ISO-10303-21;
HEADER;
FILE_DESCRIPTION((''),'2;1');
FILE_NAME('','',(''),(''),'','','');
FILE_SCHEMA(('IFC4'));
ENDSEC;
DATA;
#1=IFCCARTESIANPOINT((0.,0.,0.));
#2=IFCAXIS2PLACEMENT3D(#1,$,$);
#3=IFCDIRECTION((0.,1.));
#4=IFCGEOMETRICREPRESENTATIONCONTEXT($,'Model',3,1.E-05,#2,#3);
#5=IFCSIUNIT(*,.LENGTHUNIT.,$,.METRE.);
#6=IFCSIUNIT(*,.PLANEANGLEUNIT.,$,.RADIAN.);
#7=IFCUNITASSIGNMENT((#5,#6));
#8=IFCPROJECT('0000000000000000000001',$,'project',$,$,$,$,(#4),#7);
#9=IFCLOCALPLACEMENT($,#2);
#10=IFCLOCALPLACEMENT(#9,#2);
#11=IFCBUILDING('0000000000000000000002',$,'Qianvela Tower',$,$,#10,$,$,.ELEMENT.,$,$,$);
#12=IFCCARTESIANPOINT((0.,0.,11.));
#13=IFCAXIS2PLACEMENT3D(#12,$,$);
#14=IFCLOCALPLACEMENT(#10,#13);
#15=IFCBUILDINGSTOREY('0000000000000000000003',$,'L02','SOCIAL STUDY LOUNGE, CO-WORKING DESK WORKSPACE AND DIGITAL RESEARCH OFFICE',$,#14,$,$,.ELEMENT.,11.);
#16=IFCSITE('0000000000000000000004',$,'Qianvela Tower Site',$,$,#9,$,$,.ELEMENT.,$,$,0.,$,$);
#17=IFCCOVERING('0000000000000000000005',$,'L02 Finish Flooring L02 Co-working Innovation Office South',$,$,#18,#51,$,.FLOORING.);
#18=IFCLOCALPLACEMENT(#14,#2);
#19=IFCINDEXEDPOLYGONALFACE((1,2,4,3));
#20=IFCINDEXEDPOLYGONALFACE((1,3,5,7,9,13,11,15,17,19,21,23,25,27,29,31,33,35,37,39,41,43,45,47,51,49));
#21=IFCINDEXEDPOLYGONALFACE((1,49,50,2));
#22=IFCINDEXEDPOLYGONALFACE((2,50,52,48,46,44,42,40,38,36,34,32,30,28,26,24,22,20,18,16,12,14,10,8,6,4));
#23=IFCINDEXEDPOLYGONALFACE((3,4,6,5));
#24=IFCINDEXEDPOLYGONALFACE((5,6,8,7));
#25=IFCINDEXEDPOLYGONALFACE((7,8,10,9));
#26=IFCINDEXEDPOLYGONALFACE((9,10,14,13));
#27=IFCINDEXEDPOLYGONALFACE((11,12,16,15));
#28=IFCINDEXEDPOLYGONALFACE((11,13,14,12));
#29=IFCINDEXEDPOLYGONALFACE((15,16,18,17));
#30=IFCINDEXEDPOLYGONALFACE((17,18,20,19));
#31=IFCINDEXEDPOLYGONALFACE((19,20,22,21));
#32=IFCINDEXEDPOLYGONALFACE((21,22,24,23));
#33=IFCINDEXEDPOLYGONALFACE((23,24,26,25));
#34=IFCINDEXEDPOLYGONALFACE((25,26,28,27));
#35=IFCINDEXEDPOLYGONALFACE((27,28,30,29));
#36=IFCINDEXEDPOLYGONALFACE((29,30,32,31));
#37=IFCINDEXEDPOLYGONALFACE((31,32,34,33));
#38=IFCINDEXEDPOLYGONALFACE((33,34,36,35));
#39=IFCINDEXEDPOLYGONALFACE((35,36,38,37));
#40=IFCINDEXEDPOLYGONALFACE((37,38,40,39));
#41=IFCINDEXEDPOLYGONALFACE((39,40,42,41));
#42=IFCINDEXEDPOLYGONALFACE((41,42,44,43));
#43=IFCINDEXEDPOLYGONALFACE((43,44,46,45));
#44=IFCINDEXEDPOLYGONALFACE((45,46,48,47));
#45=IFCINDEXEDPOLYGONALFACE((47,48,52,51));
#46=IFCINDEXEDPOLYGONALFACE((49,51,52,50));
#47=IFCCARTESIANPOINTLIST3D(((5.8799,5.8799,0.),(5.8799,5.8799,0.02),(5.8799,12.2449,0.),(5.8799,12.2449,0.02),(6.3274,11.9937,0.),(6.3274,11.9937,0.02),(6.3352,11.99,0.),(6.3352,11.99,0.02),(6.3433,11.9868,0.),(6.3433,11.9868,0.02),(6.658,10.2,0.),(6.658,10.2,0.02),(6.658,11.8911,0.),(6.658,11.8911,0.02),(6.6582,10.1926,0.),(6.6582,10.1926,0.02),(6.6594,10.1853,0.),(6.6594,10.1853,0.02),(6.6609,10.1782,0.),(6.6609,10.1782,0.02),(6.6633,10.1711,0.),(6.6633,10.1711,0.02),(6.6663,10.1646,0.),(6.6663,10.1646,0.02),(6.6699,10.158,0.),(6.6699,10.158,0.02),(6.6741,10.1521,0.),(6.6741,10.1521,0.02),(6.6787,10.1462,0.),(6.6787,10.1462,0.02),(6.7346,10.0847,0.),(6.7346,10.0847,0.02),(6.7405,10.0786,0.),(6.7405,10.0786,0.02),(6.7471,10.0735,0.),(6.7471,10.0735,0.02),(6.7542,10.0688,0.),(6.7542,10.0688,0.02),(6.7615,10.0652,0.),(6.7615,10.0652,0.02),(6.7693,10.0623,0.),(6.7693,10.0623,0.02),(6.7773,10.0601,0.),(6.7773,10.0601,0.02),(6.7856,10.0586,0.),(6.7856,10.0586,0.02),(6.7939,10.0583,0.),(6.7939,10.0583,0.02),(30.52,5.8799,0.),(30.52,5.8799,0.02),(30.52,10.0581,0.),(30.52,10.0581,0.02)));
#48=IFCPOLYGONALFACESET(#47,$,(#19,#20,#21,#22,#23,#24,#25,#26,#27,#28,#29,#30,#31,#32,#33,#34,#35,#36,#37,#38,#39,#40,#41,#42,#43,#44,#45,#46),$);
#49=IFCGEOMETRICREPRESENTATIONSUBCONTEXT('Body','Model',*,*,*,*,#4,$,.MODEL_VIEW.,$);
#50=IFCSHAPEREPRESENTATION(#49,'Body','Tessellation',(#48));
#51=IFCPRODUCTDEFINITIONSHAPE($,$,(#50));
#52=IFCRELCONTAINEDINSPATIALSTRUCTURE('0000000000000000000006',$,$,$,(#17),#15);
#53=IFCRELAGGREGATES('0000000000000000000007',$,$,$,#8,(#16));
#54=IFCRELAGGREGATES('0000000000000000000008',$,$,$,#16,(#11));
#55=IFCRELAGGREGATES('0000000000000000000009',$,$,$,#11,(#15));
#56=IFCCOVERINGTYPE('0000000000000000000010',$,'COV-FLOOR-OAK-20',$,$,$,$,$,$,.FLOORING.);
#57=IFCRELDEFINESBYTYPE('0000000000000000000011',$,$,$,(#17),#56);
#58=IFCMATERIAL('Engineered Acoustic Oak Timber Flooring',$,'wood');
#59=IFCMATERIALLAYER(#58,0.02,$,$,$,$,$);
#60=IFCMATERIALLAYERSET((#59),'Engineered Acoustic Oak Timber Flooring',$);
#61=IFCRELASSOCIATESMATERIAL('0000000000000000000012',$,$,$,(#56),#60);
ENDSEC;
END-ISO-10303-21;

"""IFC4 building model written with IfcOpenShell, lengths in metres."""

from ifc_helpers import new_model, si_unit, direction, frame, origin, place, context, subcontext, project, spatial, polyline, outline, extrude, material, layer, layer_set, type_object, element, save


model = new_model("IFC4")

# Units and contexts
model_context = context("Model", 3, precision=1e-05, world=origin(), true_north=direction((0.0, 1.0)))
body_context = subcontext(model_context, "Body", "Model", "MODEL_VIEW")
ifc_project = project(units=[si_unit("LENGTHUNIT", "METRE"), si_unit("PLANEANGLEUNIT", "RADIAN")], contexts=[model_context])

# Site, building, storey
site_placement = place(None, origin())
site = spatial("IfcSite", under=ifc_project, at=site_placement, Name="Qianvela Tower Site", CompositionType="ELEMENT", RefElevation=0.0)
building_placement = place(site_placement, origin())
building = spatial("IfcBuilding", under=site, at=building_placement, Name="Qianvela Tower", CompositionType="ELEMENT")
storey_placement = place(building_placement, frame((0.0, 0.0, 11.0)))
storey = spatial("IfcBuildingStorey", under=building, at=storey_placement, Name="L02", Description="SOCIAL STUDY LOUNGE, CO-WORKING DESK WORKSPACE AND DIGITAL RESEARCH OFFICE", CompositionType="ELEMENT", Elevation=11.0)

# Covering
ifc_material_1 = material(Name="Engineered Acoustic Oak Timber Flooring", Category="wood")
ifc_layer_1 = layer(ifc_material_1, 0.02)
ifc_layer_set_1 = layer_set([ifc_layer_1], Name="Engineered Acoustic Oak Timber Flooring")
covering_type_1 = type_object("IfcCoveringType", Name="COV-FLOOR-OAK-20", PredefinedType="FLOORING", material=ifc_layer_set_1)
covering_1_placement = place(storey_placement, origin())
element("IfcCovering", 1, at=covering_1_placement, inside=storey, type_object=covering_type_1, Name="L02 Finish Flooring L02 Co-working Innovation Office South", PredefinedType="FLOORING", context=body_context, shape_type="SweptSolid", body=[
    extrude(outline(polyline([(30.52, 5.8799), (5.8799, 5.8799), (5.8799, 12.2449), (6.3274, 11.9937), (6.3352, 11.99), (6.3433, 11.9868), (6.658, 11.8911), (6.658, 10.2), (6.6582, 10.1926), (6.6594, 10.1853), (6.6609, 10.1782), (6.6633, 10.1711), (6.6663, 10.1646), (6.6699, 10.158), (6.6741, 10.1521), (6.6787, 10.1462), (6.7346, 10.0847), (6.7405, 10.0786), (6.7471, 10.0735), (6.7542, 10.0688), (6.7615, 10.0652), (6.7693, 10.0623), (6.7773, 10.0601), (6.7856, 10.0586), (6.7939, 10.0583), (30.52, 10.0581), (30.52, 5.8799)])), origin(), (0.0, 0.0, 1.0), 0.02),
])

save(model, "model.ifc")
